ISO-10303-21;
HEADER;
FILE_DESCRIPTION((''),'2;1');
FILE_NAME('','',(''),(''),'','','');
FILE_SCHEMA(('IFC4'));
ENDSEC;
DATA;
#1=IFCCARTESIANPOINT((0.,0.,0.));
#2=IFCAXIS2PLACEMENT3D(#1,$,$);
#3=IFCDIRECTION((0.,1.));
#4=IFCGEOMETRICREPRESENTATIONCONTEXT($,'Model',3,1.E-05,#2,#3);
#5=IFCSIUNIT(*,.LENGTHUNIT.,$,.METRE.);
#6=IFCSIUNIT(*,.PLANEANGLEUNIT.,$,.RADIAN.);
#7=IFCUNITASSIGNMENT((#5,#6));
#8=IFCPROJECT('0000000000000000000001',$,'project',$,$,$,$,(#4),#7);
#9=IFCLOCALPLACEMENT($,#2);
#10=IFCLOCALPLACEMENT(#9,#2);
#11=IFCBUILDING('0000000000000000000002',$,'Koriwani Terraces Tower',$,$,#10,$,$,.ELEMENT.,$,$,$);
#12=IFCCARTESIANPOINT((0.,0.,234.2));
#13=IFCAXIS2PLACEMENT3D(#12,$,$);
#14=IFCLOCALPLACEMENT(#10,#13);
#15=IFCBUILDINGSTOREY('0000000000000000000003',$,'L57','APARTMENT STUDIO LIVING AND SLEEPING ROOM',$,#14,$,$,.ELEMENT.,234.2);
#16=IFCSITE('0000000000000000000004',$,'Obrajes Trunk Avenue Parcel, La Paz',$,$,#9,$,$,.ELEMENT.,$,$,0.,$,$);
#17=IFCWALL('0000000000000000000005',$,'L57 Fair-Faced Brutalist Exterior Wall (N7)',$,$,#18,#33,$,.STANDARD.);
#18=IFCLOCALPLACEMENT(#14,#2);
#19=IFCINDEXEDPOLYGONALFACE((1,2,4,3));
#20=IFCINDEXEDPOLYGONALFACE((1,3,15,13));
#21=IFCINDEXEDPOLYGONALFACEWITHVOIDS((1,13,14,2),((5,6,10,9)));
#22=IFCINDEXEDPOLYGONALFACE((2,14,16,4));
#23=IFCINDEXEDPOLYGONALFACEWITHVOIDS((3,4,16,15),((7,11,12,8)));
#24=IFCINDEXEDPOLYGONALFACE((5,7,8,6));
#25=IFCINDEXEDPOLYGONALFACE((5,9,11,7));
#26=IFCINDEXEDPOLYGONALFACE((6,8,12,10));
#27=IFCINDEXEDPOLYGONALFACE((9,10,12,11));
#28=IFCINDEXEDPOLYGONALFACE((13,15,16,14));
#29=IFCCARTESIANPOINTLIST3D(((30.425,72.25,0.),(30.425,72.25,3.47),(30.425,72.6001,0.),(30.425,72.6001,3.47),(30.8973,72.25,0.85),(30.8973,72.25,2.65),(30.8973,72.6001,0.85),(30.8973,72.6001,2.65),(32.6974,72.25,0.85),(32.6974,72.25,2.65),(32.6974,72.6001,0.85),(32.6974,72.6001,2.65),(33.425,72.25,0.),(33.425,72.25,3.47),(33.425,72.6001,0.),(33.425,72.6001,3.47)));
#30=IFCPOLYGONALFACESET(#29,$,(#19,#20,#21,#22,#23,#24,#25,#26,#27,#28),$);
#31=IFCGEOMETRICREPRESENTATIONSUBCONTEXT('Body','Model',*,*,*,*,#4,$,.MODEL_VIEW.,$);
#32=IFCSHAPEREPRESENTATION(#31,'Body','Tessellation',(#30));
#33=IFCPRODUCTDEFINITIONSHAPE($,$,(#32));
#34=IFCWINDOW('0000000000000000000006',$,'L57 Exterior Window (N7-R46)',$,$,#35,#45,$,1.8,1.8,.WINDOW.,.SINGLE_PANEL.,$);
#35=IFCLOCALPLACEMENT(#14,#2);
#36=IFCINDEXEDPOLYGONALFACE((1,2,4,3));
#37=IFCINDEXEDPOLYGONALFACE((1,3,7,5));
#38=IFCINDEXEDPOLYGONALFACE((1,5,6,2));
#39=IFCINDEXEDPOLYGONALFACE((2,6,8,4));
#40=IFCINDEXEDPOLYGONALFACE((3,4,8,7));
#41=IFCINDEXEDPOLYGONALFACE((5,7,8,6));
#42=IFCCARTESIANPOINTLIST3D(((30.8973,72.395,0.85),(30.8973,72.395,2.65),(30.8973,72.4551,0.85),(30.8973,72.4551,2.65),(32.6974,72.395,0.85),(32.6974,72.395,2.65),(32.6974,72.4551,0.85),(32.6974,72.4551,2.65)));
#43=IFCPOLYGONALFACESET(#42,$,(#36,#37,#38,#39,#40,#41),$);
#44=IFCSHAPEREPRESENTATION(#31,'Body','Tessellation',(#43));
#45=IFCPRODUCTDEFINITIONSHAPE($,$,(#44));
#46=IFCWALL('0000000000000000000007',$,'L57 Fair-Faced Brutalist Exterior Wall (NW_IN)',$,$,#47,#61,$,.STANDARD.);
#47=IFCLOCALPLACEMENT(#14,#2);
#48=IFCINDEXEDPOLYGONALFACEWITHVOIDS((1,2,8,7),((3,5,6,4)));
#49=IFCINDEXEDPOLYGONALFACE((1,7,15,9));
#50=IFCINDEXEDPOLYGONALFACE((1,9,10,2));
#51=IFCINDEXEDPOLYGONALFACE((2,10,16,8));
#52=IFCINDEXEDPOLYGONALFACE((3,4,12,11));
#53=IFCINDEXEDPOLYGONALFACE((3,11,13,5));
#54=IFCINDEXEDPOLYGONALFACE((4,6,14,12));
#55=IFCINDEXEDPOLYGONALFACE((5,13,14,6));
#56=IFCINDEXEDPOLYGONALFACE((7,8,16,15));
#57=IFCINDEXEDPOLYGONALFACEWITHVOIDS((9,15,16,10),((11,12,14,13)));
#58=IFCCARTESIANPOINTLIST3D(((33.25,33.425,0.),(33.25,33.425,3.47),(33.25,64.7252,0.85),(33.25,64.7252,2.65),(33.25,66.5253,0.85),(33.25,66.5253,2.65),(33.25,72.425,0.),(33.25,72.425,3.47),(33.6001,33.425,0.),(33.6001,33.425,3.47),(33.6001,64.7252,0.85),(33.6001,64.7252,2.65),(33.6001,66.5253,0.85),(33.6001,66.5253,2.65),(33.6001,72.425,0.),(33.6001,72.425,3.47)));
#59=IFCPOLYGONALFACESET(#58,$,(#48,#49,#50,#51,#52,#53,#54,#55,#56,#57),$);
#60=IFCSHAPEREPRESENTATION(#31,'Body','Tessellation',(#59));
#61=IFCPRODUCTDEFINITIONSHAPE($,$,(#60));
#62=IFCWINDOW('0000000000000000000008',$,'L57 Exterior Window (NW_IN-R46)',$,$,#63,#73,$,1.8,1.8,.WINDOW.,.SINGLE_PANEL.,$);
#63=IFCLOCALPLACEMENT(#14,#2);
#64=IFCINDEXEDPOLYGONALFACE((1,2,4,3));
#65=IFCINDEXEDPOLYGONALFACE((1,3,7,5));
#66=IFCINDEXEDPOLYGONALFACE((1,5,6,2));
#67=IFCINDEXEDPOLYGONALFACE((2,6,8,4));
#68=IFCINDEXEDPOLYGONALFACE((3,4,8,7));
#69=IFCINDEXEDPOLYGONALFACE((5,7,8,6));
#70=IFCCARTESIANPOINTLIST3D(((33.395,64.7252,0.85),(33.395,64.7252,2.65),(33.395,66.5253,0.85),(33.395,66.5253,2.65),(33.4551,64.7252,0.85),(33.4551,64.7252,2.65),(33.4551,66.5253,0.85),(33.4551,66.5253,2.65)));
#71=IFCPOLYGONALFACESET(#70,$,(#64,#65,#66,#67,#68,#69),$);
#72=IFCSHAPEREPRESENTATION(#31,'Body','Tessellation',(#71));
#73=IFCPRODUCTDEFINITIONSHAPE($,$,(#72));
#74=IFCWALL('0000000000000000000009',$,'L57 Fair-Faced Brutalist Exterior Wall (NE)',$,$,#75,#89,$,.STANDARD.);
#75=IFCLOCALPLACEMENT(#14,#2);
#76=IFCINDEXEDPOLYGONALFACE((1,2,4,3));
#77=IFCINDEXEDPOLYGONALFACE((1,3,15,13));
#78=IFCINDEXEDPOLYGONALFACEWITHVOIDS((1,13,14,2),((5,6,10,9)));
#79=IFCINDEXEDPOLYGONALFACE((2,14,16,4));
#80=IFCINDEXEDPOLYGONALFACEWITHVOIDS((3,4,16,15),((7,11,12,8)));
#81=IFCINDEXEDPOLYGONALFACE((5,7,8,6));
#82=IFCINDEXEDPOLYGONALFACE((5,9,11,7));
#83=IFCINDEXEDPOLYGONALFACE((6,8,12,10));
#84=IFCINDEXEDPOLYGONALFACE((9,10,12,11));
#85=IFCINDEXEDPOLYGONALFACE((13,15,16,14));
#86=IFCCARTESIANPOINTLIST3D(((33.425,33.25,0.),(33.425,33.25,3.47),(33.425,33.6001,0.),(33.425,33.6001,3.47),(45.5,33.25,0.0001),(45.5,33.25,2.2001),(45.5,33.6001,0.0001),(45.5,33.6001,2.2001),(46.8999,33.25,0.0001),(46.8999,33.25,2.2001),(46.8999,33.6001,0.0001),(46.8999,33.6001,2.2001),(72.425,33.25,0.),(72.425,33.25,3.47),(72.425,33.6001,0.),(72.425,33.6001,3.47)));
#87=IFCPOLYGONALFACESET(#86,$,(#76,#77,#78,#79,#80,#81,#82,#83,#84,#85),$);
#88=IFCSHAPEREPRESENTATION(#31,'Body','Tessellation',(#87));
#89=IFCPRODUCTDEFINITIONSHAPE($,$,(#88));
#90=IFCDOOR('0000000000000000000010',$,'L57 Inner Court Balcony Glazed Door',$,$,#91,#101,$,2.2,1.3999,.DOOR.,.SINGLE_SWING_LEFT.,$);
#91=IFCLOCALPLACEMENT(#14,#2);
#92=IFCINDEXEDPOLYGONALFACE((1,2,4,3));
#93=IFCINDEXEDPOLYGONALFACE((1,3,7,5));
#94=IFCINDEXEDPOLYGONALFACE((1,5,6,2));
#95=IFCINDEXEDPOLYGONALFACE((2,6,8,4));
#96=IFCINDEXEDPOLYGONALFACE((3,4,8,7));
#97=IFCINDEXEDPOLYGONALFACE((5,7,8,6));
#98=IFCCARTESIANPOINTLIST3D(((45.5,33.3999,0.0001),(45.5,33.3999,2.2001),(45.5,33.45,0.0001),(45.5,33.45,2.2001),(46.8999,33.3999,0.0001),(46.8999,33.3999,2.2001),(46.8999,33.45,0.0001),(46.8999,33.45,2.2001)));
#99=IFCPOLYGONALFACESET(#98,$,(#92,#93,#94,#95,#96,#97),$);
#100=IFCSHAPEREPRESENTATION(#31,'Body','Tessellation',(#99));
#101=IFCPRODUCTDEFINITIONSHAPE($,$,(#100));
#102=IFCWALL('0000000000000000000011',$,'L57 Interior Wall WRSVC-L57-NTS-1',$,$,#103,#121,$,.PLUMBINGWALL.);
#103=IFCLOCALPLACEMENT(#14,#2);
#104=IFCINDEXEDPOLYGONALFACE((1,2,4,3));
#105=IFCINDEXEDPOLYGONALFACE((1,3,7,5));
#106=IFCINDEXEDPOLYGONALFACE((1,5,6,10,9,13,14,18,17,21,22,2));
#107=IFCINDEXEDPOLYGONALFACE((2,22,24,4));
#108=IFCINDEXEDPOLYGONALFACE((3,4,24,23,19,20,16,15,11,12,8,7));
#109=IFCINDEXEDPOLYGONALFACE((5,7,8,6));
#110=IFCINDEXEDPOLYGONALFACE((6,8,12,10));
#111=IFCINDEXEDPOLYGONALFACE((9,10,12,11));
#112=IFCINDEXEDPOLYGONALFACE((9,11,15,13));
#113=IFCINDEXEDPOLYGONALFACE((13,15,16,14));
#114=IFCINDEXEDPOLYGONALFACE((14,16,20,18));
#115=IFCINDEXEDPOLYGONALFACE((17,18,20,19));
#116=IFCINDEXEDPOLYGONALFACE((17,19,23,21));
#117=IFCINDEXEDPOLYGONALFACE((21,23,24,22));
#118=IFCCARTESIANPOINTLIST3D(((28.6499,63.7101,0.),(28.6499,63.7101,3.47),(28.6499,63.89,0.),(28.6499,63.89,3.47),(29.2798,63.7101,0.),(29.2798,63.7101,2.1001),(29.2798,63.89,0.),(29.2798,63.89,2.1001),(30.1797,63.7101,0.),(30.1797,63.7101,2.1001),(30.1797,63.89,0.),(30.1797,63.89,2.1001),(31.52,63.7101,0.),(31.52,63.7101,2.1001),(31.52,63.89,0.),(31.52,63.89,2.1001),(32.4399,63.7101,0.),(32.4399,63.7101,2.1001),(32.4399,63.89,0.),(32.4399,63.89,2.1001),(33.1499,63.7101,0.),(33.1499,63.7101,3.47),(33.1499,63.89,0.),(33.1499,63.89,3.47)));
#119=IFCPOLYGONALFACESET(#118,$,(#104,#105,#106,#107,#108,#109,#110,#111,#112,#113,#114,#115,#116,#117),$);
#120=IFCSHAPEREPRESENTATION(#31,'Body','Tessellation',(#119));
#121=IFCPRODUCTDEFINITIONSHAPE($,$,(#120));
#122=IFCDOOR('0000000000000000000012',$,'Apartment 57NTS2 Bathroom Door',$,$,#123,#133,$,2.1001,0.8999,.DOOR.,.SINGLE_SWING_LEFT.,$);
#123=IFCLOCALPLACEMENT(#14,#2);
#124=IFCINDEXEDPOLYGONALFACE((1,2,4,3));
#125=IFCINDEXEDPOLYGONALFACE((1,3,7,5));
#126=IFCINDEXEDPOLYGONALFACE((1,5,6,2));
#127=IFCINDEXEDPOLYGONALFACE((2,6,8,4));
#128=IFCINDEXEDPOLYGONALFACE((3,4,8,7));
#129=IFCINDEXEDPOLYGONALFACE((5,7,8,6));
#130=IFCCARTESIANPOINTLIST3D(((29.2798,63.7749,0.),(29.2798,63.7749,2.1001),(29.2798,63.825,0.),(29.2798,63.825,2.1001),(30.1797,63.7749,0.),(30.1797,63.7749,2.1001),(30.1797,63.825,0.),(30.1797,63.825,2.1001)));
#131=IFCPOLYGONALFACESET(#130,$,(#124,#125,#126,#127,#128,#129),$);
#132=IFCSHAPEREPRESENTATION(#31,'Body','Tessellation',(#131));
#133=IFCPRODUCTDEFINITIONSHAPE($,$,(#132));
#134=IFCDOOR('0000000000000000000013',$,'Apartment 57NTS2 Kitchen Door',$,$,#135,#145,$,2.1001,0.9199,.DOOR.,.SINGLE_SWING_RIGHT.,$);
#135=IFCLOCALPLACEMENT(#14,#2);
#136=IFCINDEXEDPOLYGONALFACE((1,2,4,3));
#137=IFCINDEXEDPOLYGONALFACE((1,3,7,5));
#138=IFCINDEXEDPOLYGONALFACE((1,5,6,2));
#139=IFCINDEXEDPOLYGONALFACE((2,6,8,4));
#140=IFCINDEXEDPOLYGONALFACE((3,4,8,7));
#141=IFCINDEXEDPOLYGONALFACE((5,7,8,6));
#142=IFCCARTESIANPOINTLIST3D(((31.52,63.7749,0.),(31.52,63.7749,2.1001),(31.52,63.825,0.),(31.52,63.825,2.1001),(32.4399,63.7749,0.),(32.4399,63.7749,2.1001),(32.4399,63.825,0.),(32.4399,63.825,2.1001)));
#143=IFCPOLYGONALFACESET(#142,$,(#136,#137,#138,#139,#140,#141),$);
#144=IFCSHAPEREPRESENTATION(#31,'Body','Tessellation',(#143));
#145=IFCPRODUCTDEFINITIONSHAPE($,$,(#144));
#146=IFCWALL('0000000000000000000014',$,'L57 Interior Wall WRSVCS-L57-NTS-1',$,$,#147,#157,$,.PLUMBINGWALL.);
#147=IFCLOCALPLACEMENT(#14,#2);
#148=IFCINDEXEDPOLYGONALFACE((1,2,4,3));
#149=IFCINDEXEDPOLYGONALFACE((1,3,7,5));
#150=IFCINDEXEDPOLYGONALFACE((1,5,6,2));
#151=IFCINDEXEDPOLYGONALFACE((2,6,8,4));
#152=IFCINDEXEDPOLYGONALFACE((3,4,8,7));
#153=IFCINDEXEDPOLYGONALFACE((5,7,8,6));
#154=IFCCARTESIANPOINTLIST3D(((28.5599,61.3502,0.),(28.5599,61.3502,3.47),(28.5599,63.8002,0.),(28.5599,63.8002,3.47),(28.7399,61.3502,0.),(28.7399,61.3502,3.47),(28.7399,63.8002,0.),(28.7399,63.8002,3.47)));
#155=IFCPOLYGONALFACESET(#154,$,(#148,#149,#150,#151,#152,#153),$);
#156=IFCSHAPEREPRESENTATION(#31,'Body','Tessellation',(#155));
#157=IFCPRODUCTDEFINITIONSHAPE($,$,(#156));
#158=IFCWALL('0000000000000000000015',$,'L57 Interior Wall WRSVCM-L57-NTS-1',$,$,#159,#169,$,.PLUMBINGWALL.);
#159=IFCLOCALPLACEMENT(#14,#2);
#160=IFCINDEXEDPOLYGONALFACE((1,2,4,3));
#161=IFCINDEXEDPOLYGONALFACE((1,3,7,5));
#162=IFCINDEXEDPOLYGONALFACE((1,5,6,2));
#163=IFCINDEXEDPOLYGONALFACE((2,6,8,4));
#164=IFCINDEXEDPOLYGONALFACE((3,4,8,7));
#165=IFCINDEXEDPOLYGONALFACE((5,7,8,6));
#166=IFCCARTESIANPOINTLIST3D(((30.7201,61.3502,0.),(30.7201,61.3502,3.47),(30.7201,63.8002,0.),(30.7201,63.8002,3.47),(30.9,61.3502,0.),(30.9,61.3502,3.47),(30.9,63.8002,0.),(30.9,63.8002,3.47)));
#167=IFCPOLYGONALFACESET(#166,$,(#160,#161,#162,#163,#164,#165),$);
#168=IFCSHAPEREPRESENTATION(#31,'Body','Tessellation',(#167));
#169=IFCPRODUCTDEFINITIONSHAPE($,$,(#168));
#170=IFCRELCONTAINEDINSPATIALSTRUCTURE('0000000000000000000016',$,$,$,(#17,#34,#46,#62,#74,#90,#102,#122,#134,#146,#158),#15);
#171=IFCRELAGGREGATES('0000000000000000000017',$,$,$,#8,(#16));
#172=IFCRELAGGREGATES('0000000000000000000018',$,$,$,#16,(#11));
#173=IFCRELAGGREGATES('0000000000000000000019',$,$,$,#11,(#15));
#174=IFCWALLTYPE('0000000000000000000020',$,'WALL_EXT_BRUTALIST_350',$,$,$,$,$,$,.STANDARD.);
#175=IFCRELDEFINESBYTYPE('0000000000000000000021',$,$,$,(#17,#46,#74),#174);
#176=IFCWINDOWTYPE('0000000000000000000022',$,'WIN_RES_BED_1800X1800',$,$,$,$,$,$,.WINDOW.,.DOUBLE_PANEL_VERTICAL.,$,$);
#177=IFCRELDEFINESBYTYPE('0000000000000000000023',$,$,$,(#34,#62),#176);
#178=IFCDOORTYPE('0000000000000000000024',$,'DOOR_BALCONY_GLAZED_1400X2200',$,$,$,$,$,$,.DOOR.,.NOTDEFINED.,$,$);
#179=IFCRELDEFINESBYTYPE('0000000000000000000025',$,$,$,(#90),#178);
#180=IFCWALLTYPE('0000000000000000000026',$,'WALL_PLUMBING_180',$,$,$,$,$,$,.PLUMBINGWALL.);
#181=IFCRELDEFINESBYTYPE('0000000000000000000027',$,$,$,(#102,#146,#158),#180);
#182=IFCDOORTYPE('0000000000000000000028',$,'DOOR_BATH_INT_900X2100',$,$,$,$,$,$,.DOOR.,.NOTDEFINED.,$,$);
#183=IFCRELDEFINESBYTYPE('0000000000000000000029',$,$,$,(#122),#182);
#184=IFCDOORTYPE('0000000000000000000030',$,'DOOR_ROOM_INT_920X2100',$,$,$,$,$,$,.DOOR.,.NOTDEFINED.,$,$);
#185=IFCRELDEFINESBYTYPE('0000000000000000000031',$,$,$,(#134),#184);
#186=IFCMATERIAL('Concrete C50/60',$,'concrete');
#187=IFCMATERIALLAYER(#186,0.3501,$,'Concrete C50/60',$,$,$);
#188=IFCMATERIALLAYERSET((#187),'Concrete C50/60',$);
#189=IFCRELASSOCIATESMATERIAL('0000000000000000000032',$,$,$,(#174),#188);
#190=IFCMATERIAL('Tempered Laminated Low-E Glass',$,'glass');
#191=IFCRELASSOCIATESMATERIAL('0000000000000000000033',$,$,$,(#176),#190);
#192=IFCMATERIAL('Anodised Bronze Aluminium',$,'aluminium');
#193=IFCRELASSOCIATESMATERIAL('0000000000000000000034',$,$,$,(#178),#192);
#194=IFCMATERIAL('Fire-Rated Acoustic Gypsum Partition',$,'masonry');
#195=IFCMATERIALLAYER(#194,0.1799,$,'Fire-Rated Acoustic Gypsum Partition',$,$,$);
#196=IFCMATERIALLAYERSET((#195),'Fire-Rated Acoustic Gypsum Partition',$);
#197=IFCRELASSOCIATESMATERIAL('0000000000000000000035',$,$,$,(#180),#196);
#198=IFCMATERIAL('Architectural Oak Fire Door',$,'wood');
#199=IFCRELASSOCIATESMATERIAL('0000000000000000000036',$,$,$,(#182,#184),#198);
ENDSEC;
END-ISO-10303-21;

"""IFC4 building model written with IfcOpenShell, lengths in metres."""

from ifc_helpers import new_model, si_unit, direction, frame, frame_2d, origin, place, context, subcontext, project, spatial, rectangle, extrude, material, layer, layer_set, type_object, element, fill, save


model = new_model("IFC4")

# Units and contexts
model_context = context("Model", 3, precision=1e-05, world=origin(), true_north=direction((0.0, 1.0)))
body_context = subcontext(model_context, "Body", "Model", "MODEL_VIEW")
ifc_project = project(units=[si_unit("LENGTHUNIT", "METRE"), si_unit("PLANEANGLEUNIT", "RADIAN")], contexts=[model_context])

# Site, building, storey
site_placement = place(None, origin())
site = spatial("IfcSite", under=ifc_project, at=site_placement, Name="Obrajes Trunk Avenue Parcel, La Paz", CompositionType="ELEMENT", RefElevation=0.0)
building_placement = place(site_placement, origin())
building = spatial("IfcBuilding", under=site, at=building_placement, Name="Koriwani Terraces Tower", CompositionType="ELEMENT")
storey_placement = place(building_placement, frame((0.0, 0.0, 234.2)))
storey = spatial("IfcBuildingStorey", under=building, at=storey_placement, Name="L57", Description="APARTMENT STUDIO LIVING AND SLEEPING ROOM", CompositionType="ELEMENT", Elevation=234.2)

# Shared definitions
ifc_material_1 = material(Name="Concrete C50/60", Category="concrete")

# Shared definitions
ifc_material_2 = material(Name="Architectural Oak Fire Door", Category="wood")

# Shared definitions
ifc_layer_1 = layer(ifc_material_1, 0.3501, Name="Concrete C50/60")
ifc_layer_set_1 = layer_set([ifc_layer_1], Name="Concrete C50/60")
wall_type_1 = type_object("IfcWallType", Name="WALL_EXT_BRUTALIST_350", PredefinedType="STANDARD", material=ifc_layer_set_1)

# Walls, openings, windows
wall_1_placement = place(storey_placement, frame((30.425, 72.425, 0.0), z_axis=(0.0, 0.0, 1.0), x_axis=(1.0, 0.0, 0.0)))
wall_1 = element("IfcWall", 1, at=wall_1_placement, inside=storey, type_object=wall_type_1, Name="L57 Fair-Faced Brutalist Exterior Wall (N7)", PredefinedType="STANDARD", context=body_context, shape_type="SweptSolid", body=[
    extrude(rectangle(XDim=3.0, YDim=0.3501, at=frame_2d((1.5, 0.0))), origin(), (0.0, 0.0, 1.0), 3.47),
])
opening_1_placement = place(wall_1_placement, frame((0.4724, 0.0, 0.8501)))
opening_1 = element("IfcOpeningElement", 2, at=opening_1_placement, cuts=wall_1, PredefinedType="OPENING", context=body_context, shape_type="SweptSolid", body=[
    extrude(rectangle(XDim=1.8, YDim=1.8, at=frame_2d((0.8999, 0.8999))), frame((0.0, 0.1851, 0.0), z_axis=(0.0, -1.0, 0.0), x_axis=(1.0, 0.0, 0.0)), (0.0, 0.0, 1.0), 0.3701),
])
ifc_material_3 = material(Name="Tempered Laminated Low-E Glass", Category="glass")
window_type = type_object("IfcWindowType", Name="WIN_RES_BED_1800X1800", PartitioningType="DOUBLE_PANEL_VERTICAL", PredefinedType="WINDOW", material=ifc_material_3)
window_1_placement = place(opening_1_placement, origin())
window_1 = element("IfcWindow", 3, at=window_1_placement, inside=storey, type_object=window_type, Name="L57 Exterior Window (N7-R46)", OverallHeight=1.8, OverallWidth=1.8, PartitioningType="SINGLE_PANEL", PredefinedType="WINDOW", context=body_context, shape_type="SweptSolid", body=[
    extrude(rectangle(XDim=1.8, YDim=1.8, at=frame_2d((0.8999, 0.8999))), frame((0.0, 0.03, 0.0), z_axis=(0.0, -1.0, 0.0), x_axis=(1.0, 0.0, 0.0)), (0.0, 0.0, 1.0), 0.0601),
])
fill(opening_1, window_1)
wall_2_placement = place(storey_placement, frame((33.425, 72.425, 0.0), z_axis=(0.0, 0.0, 1.0), x_axis=(0.0, -1.0, 0.0)))
wall_2 = element("IfcWall", 4, at=wall_2_placement, inside=storey, type_object=wall_type_1, Name="L57 Fair-Faced Brutalist Exterior Wall (NW_IN)", PredefinedType="STANDARD", context=body_context, shape_type="SweptSolid", body=[
    extrude(rectangle(XDim=39.0, YDim=0.3501, at=frame_2d((19.5, 0.0))), origin(), (0.0, 0.0, 1.0), 3.47),
])
opening_2_placement = place(wall_2_placement, frame((5.8999, 0.0, 0.8501)))
opening_2 = element("IfcOpeningElement", 5, at=opening_2_placement, cuts=wall_2, PredefinedType="OPENING", context=body_context, shape_type="SweptSolid", body=[
    extrude(rectangle(XDim=1.8, YDim=1.8, at=frame_2d((0.8999, 0.8999))), frame((0.0, 0.1851, 0.0), z_axis=(0.0, -1.0, 0.0), x_axis=(1.0, 0.0, 0.0)), (0.0, 0.0, 1.0), 0.3701),
])
window_2_placement = place(opening_2_placement, origin())
window_2 = element("IfcWindow", 6, at=window_2_placement, inside=storey, type_object=window_type, Name="L57 Exterior Window (NW_IN-R46)", OverallHeight=1.8, OverallWidth=1.8, PartitioningType="SINGLE_PANEL", PredefinedType="WINDOW", context=body_context, shape_type="SweptSolid", body=[
    extrude(rectangle(XDim=1.8, YDim=1.8, at=frame_2d((0.8999, 0.8999))), frame((0.0, 0.03, 0.0), z_axis=(0.0, -1.0, 0.0), x_axis=(1.0, 0.0, 0.0)), (0.0, 0.0, 1.0), 0.0601),
])
fill(opening_2, window_2)

# Wall, opening, door
wall_3_placement = place(storey_placement, frame((33.425, 33.425, 0.0), z_axis=(0.0, 0.0, 1.0), x_axis=(1.0, 0.0, 0.0)))
wall_3 = element("IfcWall", 7, at=wall_3_placement, inside=storey, type_object=wall_type_1, Name="L57 Fair-Faced Brutalist Exterior Wall (NE)", PredefinedType="STANDARD", context=body_context, shape_type="SweptSolid", body=[
    extrude(rectangle(XDim=39.0, YDim=0.3501, at=frame_2d((19.5, 0.0))), origin(), (0.0, 0.0, 1.0), 3.47),
])
opening_3_placement = place(wall_3_placement, frame((12.075, 0.0, 0.0)))
opening_3 = element("IfcOpeningElement", 8, at=opening_3_placement, cuts=wall_3, PredefinedType="OPENING", context=body_context, shape_type="SweptSolid", body=[
    extrude(rectangle(XDim=1.3999, YDim=2.2, at=frame_2d((0.7, 1.1001))), frame((0.0, 0.1851, 0.0), z_axis=(0.0, -1.0, 0.0), x_axis=(1.0, 0.0, 0.0)), (0.0, 0.0, 1.0), 0.3701),
])
ifc_material_4 = material(Name="Anodised Bronze Aluminium", Category="aluminium")
door_type_1 = type_object("IfcDoorType", Name="DOOR_BALCONY_GLAZED_1400X2200", OperationType="NOTDEFINED", PredefinedType="DOOR", material=ifc_material_4)
door_1_placement = place(opening_3_placement, origin())
door_1 = element("IfcDoor", 9, at=door_1_placement, inside=storey, type_object=door_type_1, Name="L57 Inner Court Balcony Glazed Door", OperationType="SINGLE_SWING_LEFT", OverallHeight=2.2, OverallWidth=1.3999, PredefinedType="DOOR", context=body_context, shape_type="SweptSolid", body=[
    extrude(rectangle(XDim=1.3999, YDim=2.2, at=frame_2d((0.7, 1.1001))), frame((0.0, 0.0249, 0.0), z_axis=(0.0, -1.0, 0.0), x_axis=(1.0, 0.0, 0.0)), (0.0, 0.0, 1.0), 0.05),
])
fill(opening_3, door_1)

# Wall, openings, doors
ifc_material_5 = material(Name="Fire-Rated Acoustic Gypsum Partition", Category="masonry")
ifc_layer_2 = layer(ifc_material_5, 0.1799, Name="Fire-Rated Acoustic Gypsum Partition")
ifc_layer_set_2 = layer_set([ifc_layer_2], Name="Fire-Rated Acoustic Gypsum Partition")
wall_type_2 = type_object("IfcWallType", Name="WALL_PLUMBING_180", PredefinedType="PLUMBINGWALL", material=ifc_layer_set_2)
wall_4_placement = place(storey_placement, frame((28.6499, 63.8, 0.0), z_axis=(0.0, 0.0, 1.0), x_axis=(1.0, 0.0, 0.0)))
wall_4 = element("IfcWall", 10, at=wall_4_placement, inside=storey, type_object=wall_type_2, Name="L57 Interior Wall WRSVC-L57-NTS-1", PredefinedType="PLUMBINGWALL", context=body_context, shape_type="SweptSolid", body=[
    extrude(rectangle(XDim=4.5, YDim=0.1799, at=frame_2d((2.25, 0.0))), origin(), (0.0, 0.0, 1.0), 3.47),
])
opening_4_placement = place(wall_4_placement, frame((0.6299, 0.0, 0.0)))
opening_4 = element("IfcOpeningElement", 11, at=opening_4_placement, cuts=wall_4, PredefinedType="OPENING", context=body_context, shape_type="SweptSolid", body=[
    extrude(rectangle(XDim=0.8999, YDim=2.1001, at=frame_2d((0.45, 1.05))), frame((0.0, 0.1001, 0.0), z_axis=(0.0, -1.0, 0.0), x_axis=(1.0, 0.0, 0.0)), (0.0, 0.0, 1.0), 0.2),
])
opening_5_placement = place(wall_4_placement, frame((2.8701, 0.0, 0.0)))
opening_5 = element("IfcOpeningElement", 12, at=opening_5_placement, cuts=wall_4, PredefinedType="OPENING", context=body_context, shape_type="SweptSolid", body=[
    extrude(rectangle(XDim=0.9199, YDim=2.1001, at=frame_2d((0.46, 1.05))), frame((0.0, 0.1001, 0.0), z_axis=(0.0, -1.0, 0.0), x_axis=(1.0, 0.0, 0.0)), (0.0, 0.0, 1.0), 0.2),
])
door_type_2 = type_object("IfcDoorType", Name="DOOR_BATH_INT_900X2100", OperationType="NOTDEFINED", PredefinedType="DOOR", material=ifc_material_2)
door_2_placement = place(opening_4_placement, origin())
door_2 = element("IfcDoor", 13, at=door_2_placement, inside=storey, type_object=door_type_2, Name="Apartment 57NTS2 Bathroom Door", OperationType="SINGLE_SWING_LEFT", OverallHeight=2.1001, OverallWidth=0.8999, PredefinedType="DOOR", context=body_context, shape_type="SweptSolid", body=[
    extrude(rectangle(XDim=0.8999, YDim=2.1001, at=frame_2d((0.45, 1.05))), frame((0.0, 0.0249, 0.0), z_axis=(0.0, -1.0, 0.0), x_axis=(1.0, 0.0, 0.0)), (0.0, 0.0, 1.0), 0.05),
])
fill(opening_4, door_2)
door_type_3 = type_object("IfcDoorType", Name="DOOR_ROOM_INT_920X2100", OperationType="NOTDEFINED", PredefinedType="DOOR", material=ifc_material_2)
door_3_placement = place(opening_5_placement, origin())
door_3 = element("IfcDoor", 14, at=door_3_placement, inside=storey, type_object=door_type_3, Name="Apartment 57NTS2 Kitchen Door", OperationType="SINGLE_SWING_RIGHT", OverallHeight=2.1001, OverallWidth=0.9199, PredefinedType="DOOR", context=body_context, shape_type="SweptSolid", body=[
    extrude(rectangle(XDim=0.9199, YDim=2.1001, at=frame_2d((0.46, 1.05))), frame((0.0, 0.0249, 0.0), z_axis=(0.0, -1.0, 0.0), x_axis=(1.0, 0.0, 0.0)), (0.0, 0.0, 1.0), 0.05),
])
fill(opening_5, door_3)

# Walls
for number, where, z_axis, x_axis, name in (
    (15, (28.6499, 61.3501, 0.0), (0.0, 0.0, 1.0), (0.0, 1.0, 0.0), "L57 Interior Wall WRSVCS-L57-NTS-1"),
    (16, (30.8101, 61.3501, 0.0), (0.0, 0.0, 1.0), (0.0, 1.0, 0.0), "L57 Interior Wall WRSVCM-L57-NTS-1"),
):
    element("IfcWall", number, at=place(storey_placement, frame(where, z_axis=z_axis, x_axis=x_axis)), inside=storey, type_object=wall_type_2, Name=name, PredefinedType="PLUMBINGWALL", context=body_context, shape_type="SweptSolid", body=[
        extrude(rectangle(XDim=2.45, YDim=0.1799, at=frame_2d((1.2251, 0.0))), origin(), (0.0, 0.0, 1.0), 3.47),
    ])

save(model, "model.ifc")
